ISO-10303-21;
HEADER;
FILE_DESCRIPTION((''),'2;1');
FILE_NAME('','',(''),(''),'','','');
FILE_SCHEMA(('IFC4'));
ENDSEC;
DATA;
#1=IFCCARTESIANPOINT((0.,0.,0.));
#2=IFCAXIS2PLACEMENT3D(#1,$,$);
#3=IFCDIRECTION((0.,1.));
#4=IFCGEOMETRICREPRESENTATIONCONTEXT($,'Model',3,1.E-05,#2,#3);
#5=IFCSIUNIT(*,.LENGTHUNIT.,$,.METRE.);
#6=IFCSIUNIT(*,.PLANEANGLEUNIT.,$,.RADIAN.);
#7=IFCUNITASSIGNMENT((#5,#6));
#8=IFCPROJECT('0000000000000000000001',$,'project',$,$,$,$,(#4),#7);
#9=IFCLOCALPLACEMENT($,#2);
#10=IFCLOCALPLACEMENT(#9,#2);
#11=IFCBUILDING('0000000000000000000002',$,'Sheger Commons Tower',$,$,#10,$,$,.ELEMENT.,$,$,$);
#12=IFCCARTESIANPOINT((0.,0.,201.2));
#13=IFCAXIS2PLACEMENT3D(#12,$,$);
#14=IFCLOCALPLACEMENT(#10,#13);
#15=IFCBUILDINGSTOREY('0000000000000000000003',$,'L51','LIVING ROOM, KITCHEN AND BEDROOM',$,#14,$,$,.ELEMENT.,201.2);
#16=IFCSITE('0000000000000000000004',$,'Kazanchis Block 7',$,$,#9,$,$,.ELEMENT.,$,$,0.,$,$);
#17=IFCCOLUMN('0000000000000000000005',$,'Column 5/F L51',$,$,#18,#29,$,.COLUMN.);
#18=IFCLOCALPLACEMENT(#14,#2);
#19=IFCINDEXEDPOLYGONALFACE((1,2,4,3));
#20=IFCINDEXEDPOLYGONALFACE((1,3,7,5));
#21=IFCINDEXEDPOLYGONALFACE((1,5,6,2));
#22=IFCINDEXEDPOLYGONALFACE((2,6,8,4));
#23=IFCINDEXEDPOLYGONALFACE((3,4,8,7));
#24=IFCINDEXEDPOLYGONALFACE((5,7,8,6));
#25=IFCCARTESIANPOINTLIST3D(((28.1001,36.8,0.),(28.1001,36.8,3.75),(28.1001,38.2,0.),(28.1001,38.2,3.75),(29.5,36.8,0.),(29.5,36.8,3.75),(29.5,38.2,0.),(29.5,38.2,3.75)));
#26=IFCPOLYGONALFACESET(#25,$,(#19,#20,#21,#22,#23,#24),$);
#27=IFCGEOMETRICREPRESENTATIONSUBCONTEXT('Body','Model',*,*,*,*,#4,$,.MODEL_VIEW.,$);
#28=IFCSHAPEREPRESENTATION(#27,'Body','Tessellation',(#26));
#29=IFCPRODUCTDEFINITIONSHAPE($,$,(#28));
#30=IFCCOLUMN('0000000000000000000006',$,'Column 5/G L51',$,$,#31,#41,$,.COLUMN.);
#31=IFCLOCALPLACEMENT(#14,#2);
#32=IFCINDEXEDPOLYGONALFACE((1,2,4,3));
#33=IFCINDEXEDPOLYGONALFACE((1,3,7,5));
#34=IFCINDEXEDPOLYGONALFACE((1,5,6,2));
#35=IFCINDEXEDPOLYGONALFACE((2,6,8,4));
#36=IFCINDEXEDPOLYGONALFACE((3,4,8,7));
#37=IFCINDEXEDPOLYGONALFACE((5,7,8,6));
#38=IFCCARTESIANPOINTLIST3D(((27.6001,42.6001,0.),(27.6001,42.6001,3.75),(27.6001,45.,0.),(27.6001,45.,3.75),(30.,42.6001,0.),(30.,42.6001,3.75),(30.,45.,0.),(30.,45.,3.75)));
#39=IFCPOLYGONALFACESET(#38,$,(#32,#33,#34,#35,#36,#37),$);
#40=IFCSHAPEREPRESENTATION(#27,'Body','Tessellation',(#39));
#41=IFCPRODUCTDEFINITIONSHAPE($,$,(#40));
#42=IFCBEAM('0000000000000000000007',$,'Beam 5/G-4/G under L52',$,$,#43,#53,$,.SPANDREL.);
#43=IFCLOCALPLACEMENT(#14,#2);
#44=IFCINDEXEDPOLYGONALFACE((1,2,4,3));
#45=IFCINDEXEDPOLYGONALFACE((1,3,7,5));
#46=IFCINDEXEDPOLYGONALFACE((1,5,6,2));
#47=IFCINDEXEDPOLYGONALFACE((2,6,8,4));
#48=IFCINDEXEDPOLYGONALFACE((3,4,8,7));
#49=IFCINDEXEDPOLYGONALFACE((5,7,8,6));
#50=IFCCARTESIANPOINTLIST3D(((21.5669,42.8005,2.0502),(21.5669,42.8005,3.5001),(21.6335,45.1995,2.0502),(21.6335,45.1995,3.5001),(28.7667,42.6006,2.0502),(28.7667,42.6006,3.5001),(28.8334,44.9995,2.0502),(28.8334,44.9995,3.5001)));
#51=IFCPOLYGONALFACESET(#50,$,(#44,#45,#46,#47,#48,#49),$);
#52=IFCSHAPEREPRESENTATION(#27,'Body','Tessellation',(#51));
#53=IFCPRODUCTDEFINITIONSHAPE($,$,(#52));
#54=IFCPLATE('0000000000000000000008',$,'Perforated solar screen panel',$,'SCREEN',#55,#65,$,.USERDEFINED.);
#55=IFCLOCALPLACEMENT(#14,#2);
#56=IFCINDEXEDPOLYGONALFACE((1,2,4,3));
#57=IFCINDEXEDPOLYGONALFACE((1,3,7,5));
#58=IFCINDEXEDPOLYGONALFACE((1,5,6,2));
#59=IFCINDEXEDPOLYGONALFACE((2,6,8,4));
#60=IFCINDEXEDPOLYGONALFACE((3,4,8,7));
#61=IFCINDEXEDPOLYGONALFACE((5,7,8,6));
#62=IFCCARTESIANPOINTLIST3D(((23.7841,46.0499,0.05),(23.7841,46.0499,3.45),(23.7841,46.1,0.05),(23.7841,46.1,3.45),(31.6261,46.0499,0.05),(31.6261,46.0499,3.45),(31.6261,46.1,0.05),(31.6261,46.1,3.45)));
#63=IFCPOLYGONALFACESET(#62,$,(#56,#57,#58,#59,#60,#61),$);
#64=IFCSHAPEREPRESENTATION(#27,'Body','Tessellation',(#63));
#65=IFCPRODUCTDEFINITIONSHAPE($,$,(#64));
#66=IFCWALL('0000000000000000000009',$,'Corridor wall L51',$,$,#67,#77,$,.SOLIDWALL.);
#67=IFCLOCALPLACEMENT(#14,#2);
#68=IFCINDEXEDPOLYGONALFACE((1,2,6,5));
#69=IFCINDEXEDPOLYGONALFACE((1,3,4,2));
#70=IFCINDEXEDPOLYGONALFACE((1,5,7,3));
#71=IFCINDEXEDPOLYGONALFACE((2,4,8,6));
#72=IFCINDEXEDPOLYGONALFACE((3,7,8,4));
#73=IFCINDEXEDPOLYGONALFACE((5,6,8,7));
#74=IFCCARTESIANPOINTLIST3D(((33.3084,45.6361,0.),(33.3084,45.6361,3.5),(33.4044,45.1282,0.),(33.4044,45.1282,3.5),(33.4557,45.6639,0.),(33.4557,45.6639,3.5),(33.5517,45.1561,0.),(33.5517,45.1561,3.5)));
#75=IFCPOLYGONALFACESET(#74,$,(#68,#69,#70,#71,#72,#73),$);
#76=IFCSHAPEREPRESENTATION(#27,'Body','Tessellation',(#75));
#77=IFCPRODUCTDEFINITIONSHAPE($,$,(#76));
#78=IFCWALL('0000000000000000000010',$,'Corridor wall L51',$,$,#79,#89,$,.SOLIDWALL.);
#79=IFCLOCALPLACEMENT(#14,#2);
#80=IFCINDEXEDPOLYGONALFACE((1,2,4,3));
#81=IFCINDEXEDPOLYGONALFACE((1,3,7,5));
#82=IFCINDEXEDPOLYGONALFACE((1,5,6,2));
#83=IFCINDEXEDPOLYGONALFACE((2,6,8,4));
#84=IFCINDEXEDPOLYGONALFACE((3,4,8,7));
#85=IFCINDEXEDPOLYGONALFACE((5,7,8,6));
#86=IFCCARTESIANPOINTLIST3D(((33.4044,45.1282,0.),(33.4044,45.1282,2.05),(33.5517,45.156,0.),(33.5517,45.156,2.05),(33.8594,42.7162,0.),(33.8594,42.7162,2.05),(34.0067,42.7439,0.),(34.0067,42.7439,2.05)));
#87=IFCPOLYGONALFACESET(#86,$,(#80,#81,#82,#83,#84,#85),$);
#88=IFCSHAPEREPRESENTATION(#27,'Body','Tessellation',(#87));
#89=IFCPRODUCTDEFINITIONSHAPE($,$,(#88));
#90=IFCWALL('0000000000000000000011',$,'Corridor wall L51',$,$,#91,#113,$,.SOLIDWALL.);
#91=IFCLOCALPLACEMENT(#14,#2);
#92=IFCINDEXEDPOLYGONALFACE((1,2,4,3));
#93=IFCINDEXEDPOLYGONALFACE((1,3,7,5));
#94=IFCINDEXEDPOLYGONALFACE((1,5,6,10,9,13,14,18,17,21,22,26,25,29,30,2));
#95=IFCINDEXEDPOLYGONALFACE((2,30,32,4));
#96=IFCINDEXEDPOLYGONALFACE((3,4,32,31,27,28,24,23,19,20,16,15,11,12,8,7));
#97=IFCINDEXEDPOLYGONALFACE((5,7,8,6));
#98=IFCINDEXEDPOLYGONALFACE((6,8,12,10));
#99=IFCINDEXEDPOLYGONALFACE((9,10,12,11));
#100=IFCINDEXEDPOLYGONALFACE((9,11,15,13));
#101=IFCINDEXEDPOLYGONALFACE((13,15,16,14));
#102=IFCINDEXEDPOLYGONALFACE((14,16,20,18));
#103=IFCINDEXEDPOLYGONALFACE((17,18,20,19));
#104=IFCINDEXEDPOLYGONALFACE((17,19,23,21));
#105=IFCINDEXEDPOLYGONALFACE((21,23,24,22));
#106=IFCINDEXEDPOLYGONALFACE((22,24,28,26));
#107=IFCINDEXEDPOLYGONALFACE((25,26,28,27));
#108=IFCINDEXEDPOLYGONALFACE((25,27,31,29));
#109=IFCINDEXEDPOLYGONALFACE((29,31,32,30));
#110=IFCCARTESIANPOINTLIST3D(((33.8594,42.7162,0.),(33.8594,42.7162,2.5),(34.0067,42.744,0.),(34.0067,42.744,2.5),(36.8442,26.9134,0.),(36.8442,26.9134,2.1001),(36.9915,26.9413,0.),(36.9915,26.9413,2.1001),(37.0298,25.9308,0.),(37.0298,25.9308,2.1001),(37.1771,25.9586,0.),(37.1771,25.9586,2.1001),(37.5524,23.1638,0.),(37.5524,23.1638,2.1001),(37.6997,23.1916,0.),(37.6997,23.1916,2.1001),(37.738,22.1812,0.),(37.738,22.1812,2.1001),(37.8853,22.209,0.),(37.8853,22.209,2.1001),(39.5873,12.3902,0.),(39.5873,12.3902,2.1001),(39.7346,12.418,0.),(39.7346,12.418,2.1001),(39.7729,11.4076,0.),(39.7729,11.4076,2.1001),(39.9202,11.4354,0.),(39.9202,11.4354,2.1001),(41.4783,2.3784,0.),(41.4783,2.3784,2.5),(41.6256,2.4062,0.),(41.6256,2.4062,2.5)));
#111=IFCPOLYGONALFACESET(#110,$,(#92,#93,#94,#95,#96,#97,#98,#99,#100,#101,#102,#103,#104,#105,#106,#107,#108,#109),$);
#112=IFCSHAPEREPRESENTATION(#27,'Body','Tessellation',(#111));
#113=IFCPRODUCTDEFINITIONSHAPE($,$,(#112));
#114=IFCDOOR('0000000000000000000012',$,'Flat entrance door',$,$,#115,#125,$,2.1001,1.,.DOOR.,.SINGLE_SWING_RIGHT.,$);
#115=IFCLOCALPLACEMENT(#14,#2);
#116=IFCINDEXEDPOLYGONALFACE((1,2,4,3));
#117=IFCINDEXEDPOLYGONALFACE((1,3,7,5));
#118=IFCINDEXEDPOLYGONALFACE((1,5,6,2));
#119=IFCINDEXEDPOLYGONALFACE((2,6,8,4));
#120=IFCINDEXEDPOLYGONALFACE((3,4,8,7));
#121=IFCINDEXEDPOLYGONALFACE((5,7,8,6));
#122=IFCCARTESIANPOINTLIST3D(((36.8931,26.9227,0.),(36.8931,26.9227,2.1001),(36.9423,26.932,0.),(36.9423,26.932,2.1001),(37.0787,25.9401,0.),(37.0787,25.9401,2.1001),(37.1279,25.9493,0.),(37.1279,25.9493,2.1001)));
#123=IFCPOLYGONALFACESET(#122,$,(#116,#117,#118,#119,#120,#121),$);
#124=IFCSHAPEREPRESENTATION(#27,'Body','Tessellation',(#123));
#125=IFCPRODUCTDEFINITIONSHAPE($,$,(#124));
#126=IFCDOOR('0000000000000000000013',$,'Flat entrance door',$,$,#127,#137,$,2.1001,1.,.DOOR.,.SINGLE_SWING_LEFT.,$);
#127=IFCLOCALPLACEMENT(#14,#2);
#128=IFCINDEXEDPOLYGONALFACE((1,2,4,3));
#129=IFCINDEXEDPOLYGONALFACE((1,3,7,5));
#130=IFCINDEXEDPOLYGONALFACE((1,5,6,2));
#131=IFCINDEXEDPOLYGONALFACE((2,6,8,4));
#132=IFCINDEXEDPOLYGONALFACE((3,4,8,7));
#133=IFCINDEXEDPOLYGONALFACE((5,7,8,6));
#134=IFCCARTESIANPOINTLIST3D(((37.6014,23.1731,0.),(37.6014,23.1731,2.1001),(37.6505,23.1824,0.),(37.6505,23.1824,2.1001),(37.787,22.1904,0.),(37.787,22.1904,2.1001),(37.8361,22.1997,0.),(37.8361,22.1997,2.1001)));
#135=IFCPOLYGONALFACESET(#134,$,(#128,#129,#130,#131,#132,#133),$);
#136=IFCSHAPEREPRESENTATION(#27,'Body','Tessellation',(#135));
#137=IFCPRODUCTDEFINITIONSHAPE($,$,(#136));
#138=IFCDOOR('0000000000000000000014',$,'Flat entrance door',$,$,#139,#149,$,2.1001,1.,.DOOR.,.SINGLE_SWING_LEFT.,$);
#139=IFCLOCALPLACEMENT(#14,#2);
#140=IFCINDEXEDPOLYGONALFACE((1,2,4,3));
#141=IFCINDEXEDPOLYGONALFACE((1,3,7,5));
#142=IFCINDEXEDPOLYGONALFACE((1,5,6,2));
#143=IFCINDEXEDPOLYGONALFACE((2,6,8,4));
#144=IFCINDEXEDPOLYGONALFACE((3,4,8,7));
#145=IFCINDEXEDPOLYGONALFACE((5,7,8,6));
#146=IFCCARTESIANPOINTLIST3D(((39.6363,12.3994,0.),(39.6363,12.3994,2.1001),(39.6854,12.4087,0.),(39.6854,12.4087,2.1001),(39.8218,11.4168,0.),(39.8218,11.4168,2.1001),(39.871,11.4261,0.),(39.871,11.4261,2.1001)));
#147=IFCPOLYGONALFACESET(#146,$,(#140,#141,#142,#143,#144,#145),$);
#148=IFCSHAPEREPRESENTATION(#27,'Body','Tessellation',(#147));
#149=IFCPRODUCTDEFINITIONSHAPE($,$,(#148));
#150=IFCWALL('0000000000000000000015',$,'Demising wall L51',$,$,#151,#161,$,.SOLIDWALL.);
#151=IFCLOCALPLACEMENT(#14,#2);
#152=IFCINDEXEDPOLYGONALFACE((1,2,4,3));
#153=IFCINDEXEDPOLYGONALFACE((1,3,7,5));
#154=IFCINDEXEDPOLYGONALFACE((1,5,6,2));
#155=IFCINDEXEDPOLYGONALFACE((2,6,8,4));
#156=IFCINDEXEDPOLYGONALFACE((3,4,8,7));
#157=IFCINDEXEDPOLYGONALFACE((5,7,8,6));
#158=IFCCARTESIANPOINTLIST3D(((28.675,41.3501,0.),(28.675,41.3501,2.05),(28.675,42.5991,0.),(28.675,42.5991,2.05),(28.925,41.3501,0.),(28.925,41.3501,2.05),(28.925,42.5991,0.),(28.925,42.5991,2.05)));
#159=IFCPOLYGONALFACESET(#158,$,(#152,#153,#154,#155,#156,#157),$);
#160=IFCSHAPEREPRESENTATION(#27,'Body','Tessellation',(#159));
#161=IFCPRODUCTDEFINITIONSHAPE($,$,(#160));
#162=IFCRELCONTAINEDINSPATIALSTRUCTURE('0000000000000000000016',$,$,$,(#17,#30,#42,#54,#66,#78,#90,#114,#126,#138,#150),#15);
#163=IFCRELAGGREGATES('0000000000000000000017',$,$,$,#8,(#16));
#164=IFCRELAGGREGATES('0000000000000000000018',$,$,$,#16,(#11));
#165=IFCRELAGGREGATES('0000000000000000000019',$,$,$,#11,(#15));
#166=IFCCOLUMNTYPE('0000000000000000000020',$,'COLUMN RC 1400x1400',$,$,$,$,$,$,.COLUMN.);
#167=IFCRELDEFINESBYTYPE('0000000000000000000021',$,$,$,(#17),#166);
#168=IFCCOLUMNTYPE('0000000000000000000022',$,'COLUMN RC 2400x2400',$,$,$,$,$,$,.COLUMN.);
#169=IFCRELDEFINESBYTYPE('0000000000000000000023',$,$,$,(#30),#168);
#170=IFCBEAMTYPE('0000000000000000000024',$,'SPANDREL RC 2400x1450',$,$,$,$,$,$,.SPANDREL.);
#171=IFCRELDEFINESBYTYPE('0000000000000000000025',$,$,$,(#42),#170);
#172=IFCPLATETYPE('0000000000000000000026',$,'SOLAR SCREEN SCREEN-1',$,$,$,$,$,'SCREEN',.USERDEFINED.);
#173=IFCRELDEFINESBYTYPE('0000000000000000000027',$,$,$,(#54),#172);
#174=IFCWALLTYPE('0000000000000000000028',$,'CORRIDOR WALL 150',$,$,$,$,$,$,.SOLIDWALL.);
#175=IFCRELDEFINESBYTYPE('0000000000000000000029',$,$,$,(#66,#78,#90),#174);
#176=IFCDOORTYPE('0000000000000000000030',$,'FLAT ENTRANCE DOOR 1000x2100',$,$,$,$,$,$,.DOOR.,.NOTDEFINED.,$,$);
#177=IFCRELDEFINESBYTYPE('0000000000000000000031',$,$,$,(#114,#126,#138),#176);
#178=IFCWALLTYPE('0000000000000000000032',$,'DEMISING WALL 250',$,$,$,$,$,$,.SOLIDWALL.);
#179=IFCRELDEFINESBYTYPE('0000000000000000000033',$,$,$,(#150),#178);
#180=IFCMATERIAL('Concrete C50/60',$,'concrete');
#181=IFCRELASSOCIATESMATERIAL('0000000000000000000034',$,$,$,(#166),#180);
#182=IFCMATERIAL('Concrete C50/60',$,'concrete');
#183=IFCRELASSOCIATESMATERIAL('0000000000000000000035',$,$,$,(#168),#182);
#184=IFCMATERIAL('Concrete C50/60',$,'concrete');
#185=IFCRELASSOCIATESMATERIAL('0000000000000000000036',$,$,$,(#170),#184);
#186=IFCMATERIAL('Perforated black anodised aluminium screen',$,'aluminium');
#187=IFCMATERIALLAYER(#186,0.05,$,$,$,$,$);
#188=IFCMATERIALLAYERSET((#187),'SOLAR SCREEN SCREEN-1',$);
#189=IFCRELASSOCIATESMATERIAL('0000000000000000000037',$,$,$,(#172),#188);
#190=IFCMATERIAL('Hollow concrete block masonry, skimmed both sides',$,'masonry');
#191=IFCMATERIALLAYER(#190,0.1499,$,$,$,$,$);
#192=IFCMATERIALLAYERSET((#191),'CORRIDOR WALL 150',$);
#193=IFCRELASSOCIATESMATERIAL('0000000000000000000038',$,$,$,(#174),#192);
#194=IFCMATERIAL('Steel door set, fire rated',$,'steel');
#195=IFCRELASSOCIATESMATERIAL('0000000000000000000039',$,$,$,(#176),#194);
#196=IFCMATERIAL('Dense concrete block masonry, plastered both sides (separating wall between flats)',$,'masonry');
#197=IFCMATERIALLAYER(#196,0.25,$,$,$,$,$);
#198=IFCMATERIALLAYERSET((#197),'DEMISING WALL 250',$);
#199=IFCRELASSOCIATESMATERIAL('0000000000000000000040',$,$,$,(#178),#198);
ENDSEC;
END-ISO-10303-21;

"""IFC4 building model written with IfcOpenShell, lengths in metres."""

from ifc_helpers import new_model, si_unit, direction, frame, frame_2d, origin, origin_2d, place, context, subcontext, project, spatial, rectangle, extrude, material, layer, layer_set, material_profile, profile_set, type_object, element, fill, save


model = new_model("IFC4")

# Units and contexts
model_context = context("Model", 3, precision=1e-05, world=origin(), true_north=direction((0.0, 1.0)))
body_context = subcontext(model_context, "Body", "Model", "MODEL_VIEW")
ifc_project = project(units=[si_unit("LENGTHUNIT", "METRE"), si_unit("PLANEANGLEUNIT", "RADIAN")], contexts=[model_context])

# Site, building, storey
site_placement = place(None, origin())
site = spatial("IfcSite", under=ifc_project, at=site_placement, Name="Kazanchis Block 7", CompositionType="ELEMENT", RefElevation=0.0)
building_placement = place(site_placement, origin())
building = spatial("IfcBuilding", under=site, at=building_placement, Name="Sheger Commons Tower", CompositionType="ELEMENT")
storey_placement = place(building_placement, frame((0.0, 0.0, 201.2)))
storey = spatial("IfcBuildingStorey", under=building, at=storey_placement, Name="L51", Description="LIVING ROOM, KITCHEN AND BEDROOM", CompositionType="ELEMENT", Elevation=201.2)

# Columns
ifc_material_1 = material(Name="Concrete C50/60", Category="concrete")
ifc_material_profile_1 = material_profile(ifc_material_1, rectangle(XDim=1.3999, YDim=1.3999, at=origin_2d()), Name="RC 1400x1400")
ifc_profile_set_1 = profile_set([ifc_material_profile_1], Name="Concrete C50/60")
column_type_1 = type_object("IfcColumnType", Name="COLUMN RC 1400x1400", PredefinedType="COLUMN", material=ifc_profile_set_1)
column_1_placement = place(storey_placement, frame((28.8, 37.5, 0.0), z_axis=(0.0, 0.0, 1.0), x_axis=(1.0, 0.0, 0.0)))
element("IfcColumn", 1, at=column_1_placement, inside=storey, type_object=column_type_1, Name="Column 5/F L51", PredefinedType="COLUMN", context=body_context, shape_type="SweptSolid", body=[
    extrude(rectangle(XDim=1.3999, YDim=1.3999, at=origin_2d()), origin(), (0.0, 0.0, 1.0), 3.75),
])
ifc_material_2 = material(Name="Concrete C50/60", Category="concrete")
ifc_material_profile_2 = material_profile(ifc_material_2, rectangle(XDim=2.3999, YDim=2.3999, at=origin_2d()), Name="RC 2400x2400")
ifc_profile_set_2 = profile_set([ifc_material_profile_2], Name="Concrete C50/60")
column_type_2 = type_object("IfcColumnType", Name="COLUMN RC 2400x2400", PredefinedType="COLUMN", material=ifc_profile_set_2)
column_2_placement = place(storey_placement, frame((28.8, 43.8, 0.0), z_axis=(0.0, 0.0, 1.0), x_axis=(1.0, 0.0, 0.0)))
element("IfcColumn", 2, at=column_2_placement, inside=storey, type_object=column_type_2, Name="Column 5/G L51", PredefinedType="COLUMN", context=body_context, shape_type="SweptSolid", body=[
    extrude(rectangle(XDim=2.3999, YDim=2.3999, at=origin_2d()), origin(), (0.0, 0.0, 1.0), 3.75),
])

# Beam
ifc_material_3 = material(Name="Concrete C50/60", Category="concrete")
ifc_material_profile_3 = material_profile(ifc_material_3, rectangle(XDim=2.3999, YDim=1.45, at=origin_2d()), Name="RC 2400x1450")
ifc_profile_set_3 = profile_set([ifc_material_profile_3], Name="Concrete C50/60")
beam_type = type_object("IfcBeamType", Name="SPANDREL RC 2400x1450", PredefinedType="SPANDREL", material=ifc_profile_set_3)
beam_placement = place(storey_placement, frame((28.8, 43.8, 2.7751), z_axis=(-0.999615, 0.02776, 0.0), x_axis=(-0.02776, -0.999615, 0.0)))
element("IfcBeam", 3, at=beam_placement, inside=storey, type_object=beam_type, Name="Beam 5/G-4/G under L52", PredefinedType="SPANDREL", context=body_context, shape_type="SweptSolid", body=[
    extrude(rectangle(XDim=2.3999, YDim=1.45, at=origin_2d()), origin(), (0.0, 0.0, 1.0), 7.2026),
])

# Plate
ifc_material_4 = material(Name="Perforated black anodised aluminium screen", Category="aluminium")
ifc_layer_1 = layer(ifc_material_4, 0.05)
ifc_layer_set_1 = layer_set([ifc_layer_1], Name="SOLAR SCREEN SCREEN-1")
plate_type = type_object("IfcPlateType", Name="SOLAR SCREEN SCREEN-1", ElementType="SCREEN", PredefinedType="USERDEFINED", material=ifc_layer_set_1)
plate_placement = place(storey_placement, frame((27.7051, 46.075, 0.05), z_axis=(0.0, 0.0, 1.0), x_axis=(-1.0, 0.0, 0.0)))
element("IfcPlate", 4, at=plate_placement, inside=storey, type_object=plate_type, Name="Perforated solar screen panel", ObjectType="SCREEN", PredefinedType="USERDEFINED", context=body_context, shape_type="SweptSolid", body=[
    extrude(rectangle(XDim=7.842, YDim=0.05, at=origin_2d()), origin(), (0.0, 0.0, 1.0), 3.3999),
])

# Walls
ifc_material_5 = material(Name="Hollow concrete block masonry, skimmed both sides", Category="masonry")
ifc_layer_2 = layer(ifc_material_5, 0.1499)
ifc_layer_set_2 = layer_set([ifc_layer_2], Name="CORRIDOR WALL 150")
wall_type_1 = type_object("IfcWallType", Name="CORRIDOR WALL 150", PredefinedType="SOLIDWALL", material=ifc_layer_set_2)
wall_1_placement = place(storey_placement, frame((33.3821, 45.6499, 0.0), z_axis=(0.0, 0.0, 1.0), x_axis=(0.185657, -0.982615, 0.0)))
element("IfcWall", 5, at=wall_1_placement, inside=storey, type_object=wall_type_1, Name="Corridor wall L51", PredefinedType="SOLIDWALL", context=body_context, shape_type="SweptSolid", body=[
    extrude(rectangle(XDim=0.5168, YDim=0.1499, at=frame_2d((0.2583, 0.0))), origin(), (0.0, 0.0, 1.0), 3.5),
])
wall_2_placement = place(storey_placement, frame((33.478, 45.1421, 0.0), z_axis=(0.0, 0.0, 1.0), x_axis=(0.185393, -0.982664, 0.0)))
element("IfcWall", 6, at=wall_2_placement, inside=storey, type_object=wall_type_1, Name="Corridor wall L51", PredefinedType="SOLIDWALL", context=body_context, shape_type="SweptSolid", body=[
    extrude(rectangle(XDim=2.4546, YDim=0.1499, at=frame_2d((1.2273, 0.0))), origin(), (0.0, 0.0, 1.0), 2.05),
])

# Wall, openings, doors
wall_3_placement = place(storey_placement, frame((33.9331, 42.73, 0.0), z_axis=(0.0, 0.0, 1.0), x_axis=(0.185595, -0.982626, 0.0)))
wall_3 = element("IfcWall", 7, at=wall_3_placement, inside=storey, type_object=wall_type_1, Name="Corridor wall L51", PredefinedType="SOLIDWALL", context=body_context, shape_type="SweptSolid", body=[
    extrude(rectangle(XDim=41.051, YDim=0.1499, at=frame_2d((20.5254, 0.0))), origin(), (0.0, 0.0, 1.0), 2.5),
])
opening_1_placement = place(wall_3_placement, frame((16.082, 0.0, 0.0)))
opening_1 = element("IfcOpeningElement", 8, at=opening_1_placement, cuts=wall_3, PredefinedType="OPENING", context=body_context, shape_type="SweptSolid", body=[
    extrude(rectangle(XDim=1.0, YDim=2.1001, at=frame_2d((0.5, 1.05))), frame((0.0, 0.085, 0.0), z_axis=(0.0, -1.0, 0.0), x_axis=(1.0, 0.0, 0.0)), (0.0, 0.0, 1.0), 0.1699),
])
opening_2_placement = place(wall_3_placement, frame((19.8979, 0.0, 0.0)))
opening_2 = element("IfcOpeningElement", 9, at=opening_2_placement, cuts=wall_3, PredefinedType="OPENING", context=body_context, shape_type="SweptSolid", body=[
    extrude(rectangle(XDim=1.0, YDim=2.1001, at=frame_2d((0.5, 1.05))), frame((0.0, 0.085, 0.0), z_axis=(0.0, -1.0, 0.0), x_axis=(1.0, 0.0, 0.0)), (0.0, 0.0, 1.0), 0.1699),
])
opening_3_placement = place(wall_3_placement, frame((30.8621, 0.0, 0.0)))
opening_3 = element("IfcOpeningElement", 10, at=opening_3_placement, cuts=wall_3, PredefinedType="OPENING", context=body_context, shape_type="SweptSolid", body=[
    extrude(rectangle(XDim=1.0, YDim=2.1001, at=frame_2d((0.5, 1.05))), frame((0.0, 0.085, 0.0), z_axis=(0.0, -1.0, 0.0), x_axis=(1.0, 0.0, 0.0)), (0.0, 0.0, 1.0), 0.1699),
])
ifc_material_6 = material(Name="Steel door set, fire rated", Category="steel")
door_type_1 = type_object("IfcDoorType", Name="FLAT ENTRANCE DOOR 1000x2100", OperationType="NOTDEFINED", PredefinedType="DOOR", material=ifc_material_6)
door_1_placement = place(opening_1_placement, origin())
door_1 = element("IfcDoor", 11, at=door_1_placement, inside=storey, type_object=door_type_1, Name="Flat entrance door", OperationType="SINGLE_SWING_RIGHT", OverallHeight=2.1001, OverallWidth=1.0, PredefinedType="DOOR", context=body_context, shape_type="SweptSolid", body=[
    extrude(rectangle(XDim=1.0, YDim=2.1001, at=frame_2d((0.5, 1.05))), frame((0.0, 0.0249, 0.0), z_axis=(0.0, -1.0, 0.0), x_axis=(1.0, 0.0, 0.0)), (0.0, 0.0, 1.0), 0.05),
])
fill(opening_1, door_1)
door_2_placement = place(opening_2_placement, origin())
door_2 = element("IfcDoor", 12, at=door_2_placement, inside=storey, type_object=door_type_1, Name="Flat entrance door", OperationType="SINGLE_SWING_LEFT", OverallHeight=2.1001, OverallWidth=1.0, PredefinedType="DOOR", context=body_context, shape_type="SweptSolid", body=[
    extrude(rectangle(XDim=1.0, YDim=2.1001, at=frame_2d((0.5, 1.05))), frame((0.0, 0.0249, 0.0), z_axis=(0.0, -1.0, 0.0), x_axis=(1.0, 0.0, 0.0)), (0.0, 0.0, 1.0), 0.05),
])
fill(opening_2, door_2)
door_3_placement = place(opening_3_placement, origin())
door_3 = element("IfcDoor", 13, at=door_3_placement, inside=storey, type_object=door_type_1, Name="Flat entrance door", OperationType="SINGLE_SWING_LEFT", OverallHeight=2.1001, OverallWidth=1.0, PredefinedType="DOOR", context=body_context, shape_type="SweptSolid", body=[
    extrude(rectangle(XDim=1.0, YDim=2.1001, at=frame_2d((0.5, 1.05))), frame((0.0, 0.0249, 0.0), z_axis=(0.0, -1.0, 0.0), x_axis=(1.0, 0.0, 0.0)), (0.0, 0.0, 1.0), 0.05),
])
fill(opening_3, door_3)

# Wall
ifc_material_7 = material(Name="Dense concrete block masonry, plastered both sides (separating wall between flats)", Category="masonry")
ifc_layer_3 = layer(ifc_material_7, 0.25)
ifc_layer_set_3 = layer_set([ifc_layer_3], Name="DEMISING WALL 250")
wall_type_2 = type_object("IfcWallType", Name="DEMISING WALL 250", PredefinedType="SOLIDWALL", material=ifc_layer_set_3)
wall_4_placement = place(storey_placement, frame((28.8, 41.3501, 0.0), z_axis=(0.0, 0.0, 1.0), x_axis=(0.0, 1.0, 0.0)))
element("IfcWall", 14, at=wall_4_placement, inside=storey, type_object=wall_type_2, Name="Demising wall L51", PredefinedType="SOLIDWALL", context=body_context, shape_type="SweptSolid", body=[
    extrude(rectangle(XDim=1.249, YDim=0.25, at=frame_2d((0.6245, 0.0))), origin(), (0.0, 0.0, 1.0), 2.05),
])

save(model, "model.ifc")
